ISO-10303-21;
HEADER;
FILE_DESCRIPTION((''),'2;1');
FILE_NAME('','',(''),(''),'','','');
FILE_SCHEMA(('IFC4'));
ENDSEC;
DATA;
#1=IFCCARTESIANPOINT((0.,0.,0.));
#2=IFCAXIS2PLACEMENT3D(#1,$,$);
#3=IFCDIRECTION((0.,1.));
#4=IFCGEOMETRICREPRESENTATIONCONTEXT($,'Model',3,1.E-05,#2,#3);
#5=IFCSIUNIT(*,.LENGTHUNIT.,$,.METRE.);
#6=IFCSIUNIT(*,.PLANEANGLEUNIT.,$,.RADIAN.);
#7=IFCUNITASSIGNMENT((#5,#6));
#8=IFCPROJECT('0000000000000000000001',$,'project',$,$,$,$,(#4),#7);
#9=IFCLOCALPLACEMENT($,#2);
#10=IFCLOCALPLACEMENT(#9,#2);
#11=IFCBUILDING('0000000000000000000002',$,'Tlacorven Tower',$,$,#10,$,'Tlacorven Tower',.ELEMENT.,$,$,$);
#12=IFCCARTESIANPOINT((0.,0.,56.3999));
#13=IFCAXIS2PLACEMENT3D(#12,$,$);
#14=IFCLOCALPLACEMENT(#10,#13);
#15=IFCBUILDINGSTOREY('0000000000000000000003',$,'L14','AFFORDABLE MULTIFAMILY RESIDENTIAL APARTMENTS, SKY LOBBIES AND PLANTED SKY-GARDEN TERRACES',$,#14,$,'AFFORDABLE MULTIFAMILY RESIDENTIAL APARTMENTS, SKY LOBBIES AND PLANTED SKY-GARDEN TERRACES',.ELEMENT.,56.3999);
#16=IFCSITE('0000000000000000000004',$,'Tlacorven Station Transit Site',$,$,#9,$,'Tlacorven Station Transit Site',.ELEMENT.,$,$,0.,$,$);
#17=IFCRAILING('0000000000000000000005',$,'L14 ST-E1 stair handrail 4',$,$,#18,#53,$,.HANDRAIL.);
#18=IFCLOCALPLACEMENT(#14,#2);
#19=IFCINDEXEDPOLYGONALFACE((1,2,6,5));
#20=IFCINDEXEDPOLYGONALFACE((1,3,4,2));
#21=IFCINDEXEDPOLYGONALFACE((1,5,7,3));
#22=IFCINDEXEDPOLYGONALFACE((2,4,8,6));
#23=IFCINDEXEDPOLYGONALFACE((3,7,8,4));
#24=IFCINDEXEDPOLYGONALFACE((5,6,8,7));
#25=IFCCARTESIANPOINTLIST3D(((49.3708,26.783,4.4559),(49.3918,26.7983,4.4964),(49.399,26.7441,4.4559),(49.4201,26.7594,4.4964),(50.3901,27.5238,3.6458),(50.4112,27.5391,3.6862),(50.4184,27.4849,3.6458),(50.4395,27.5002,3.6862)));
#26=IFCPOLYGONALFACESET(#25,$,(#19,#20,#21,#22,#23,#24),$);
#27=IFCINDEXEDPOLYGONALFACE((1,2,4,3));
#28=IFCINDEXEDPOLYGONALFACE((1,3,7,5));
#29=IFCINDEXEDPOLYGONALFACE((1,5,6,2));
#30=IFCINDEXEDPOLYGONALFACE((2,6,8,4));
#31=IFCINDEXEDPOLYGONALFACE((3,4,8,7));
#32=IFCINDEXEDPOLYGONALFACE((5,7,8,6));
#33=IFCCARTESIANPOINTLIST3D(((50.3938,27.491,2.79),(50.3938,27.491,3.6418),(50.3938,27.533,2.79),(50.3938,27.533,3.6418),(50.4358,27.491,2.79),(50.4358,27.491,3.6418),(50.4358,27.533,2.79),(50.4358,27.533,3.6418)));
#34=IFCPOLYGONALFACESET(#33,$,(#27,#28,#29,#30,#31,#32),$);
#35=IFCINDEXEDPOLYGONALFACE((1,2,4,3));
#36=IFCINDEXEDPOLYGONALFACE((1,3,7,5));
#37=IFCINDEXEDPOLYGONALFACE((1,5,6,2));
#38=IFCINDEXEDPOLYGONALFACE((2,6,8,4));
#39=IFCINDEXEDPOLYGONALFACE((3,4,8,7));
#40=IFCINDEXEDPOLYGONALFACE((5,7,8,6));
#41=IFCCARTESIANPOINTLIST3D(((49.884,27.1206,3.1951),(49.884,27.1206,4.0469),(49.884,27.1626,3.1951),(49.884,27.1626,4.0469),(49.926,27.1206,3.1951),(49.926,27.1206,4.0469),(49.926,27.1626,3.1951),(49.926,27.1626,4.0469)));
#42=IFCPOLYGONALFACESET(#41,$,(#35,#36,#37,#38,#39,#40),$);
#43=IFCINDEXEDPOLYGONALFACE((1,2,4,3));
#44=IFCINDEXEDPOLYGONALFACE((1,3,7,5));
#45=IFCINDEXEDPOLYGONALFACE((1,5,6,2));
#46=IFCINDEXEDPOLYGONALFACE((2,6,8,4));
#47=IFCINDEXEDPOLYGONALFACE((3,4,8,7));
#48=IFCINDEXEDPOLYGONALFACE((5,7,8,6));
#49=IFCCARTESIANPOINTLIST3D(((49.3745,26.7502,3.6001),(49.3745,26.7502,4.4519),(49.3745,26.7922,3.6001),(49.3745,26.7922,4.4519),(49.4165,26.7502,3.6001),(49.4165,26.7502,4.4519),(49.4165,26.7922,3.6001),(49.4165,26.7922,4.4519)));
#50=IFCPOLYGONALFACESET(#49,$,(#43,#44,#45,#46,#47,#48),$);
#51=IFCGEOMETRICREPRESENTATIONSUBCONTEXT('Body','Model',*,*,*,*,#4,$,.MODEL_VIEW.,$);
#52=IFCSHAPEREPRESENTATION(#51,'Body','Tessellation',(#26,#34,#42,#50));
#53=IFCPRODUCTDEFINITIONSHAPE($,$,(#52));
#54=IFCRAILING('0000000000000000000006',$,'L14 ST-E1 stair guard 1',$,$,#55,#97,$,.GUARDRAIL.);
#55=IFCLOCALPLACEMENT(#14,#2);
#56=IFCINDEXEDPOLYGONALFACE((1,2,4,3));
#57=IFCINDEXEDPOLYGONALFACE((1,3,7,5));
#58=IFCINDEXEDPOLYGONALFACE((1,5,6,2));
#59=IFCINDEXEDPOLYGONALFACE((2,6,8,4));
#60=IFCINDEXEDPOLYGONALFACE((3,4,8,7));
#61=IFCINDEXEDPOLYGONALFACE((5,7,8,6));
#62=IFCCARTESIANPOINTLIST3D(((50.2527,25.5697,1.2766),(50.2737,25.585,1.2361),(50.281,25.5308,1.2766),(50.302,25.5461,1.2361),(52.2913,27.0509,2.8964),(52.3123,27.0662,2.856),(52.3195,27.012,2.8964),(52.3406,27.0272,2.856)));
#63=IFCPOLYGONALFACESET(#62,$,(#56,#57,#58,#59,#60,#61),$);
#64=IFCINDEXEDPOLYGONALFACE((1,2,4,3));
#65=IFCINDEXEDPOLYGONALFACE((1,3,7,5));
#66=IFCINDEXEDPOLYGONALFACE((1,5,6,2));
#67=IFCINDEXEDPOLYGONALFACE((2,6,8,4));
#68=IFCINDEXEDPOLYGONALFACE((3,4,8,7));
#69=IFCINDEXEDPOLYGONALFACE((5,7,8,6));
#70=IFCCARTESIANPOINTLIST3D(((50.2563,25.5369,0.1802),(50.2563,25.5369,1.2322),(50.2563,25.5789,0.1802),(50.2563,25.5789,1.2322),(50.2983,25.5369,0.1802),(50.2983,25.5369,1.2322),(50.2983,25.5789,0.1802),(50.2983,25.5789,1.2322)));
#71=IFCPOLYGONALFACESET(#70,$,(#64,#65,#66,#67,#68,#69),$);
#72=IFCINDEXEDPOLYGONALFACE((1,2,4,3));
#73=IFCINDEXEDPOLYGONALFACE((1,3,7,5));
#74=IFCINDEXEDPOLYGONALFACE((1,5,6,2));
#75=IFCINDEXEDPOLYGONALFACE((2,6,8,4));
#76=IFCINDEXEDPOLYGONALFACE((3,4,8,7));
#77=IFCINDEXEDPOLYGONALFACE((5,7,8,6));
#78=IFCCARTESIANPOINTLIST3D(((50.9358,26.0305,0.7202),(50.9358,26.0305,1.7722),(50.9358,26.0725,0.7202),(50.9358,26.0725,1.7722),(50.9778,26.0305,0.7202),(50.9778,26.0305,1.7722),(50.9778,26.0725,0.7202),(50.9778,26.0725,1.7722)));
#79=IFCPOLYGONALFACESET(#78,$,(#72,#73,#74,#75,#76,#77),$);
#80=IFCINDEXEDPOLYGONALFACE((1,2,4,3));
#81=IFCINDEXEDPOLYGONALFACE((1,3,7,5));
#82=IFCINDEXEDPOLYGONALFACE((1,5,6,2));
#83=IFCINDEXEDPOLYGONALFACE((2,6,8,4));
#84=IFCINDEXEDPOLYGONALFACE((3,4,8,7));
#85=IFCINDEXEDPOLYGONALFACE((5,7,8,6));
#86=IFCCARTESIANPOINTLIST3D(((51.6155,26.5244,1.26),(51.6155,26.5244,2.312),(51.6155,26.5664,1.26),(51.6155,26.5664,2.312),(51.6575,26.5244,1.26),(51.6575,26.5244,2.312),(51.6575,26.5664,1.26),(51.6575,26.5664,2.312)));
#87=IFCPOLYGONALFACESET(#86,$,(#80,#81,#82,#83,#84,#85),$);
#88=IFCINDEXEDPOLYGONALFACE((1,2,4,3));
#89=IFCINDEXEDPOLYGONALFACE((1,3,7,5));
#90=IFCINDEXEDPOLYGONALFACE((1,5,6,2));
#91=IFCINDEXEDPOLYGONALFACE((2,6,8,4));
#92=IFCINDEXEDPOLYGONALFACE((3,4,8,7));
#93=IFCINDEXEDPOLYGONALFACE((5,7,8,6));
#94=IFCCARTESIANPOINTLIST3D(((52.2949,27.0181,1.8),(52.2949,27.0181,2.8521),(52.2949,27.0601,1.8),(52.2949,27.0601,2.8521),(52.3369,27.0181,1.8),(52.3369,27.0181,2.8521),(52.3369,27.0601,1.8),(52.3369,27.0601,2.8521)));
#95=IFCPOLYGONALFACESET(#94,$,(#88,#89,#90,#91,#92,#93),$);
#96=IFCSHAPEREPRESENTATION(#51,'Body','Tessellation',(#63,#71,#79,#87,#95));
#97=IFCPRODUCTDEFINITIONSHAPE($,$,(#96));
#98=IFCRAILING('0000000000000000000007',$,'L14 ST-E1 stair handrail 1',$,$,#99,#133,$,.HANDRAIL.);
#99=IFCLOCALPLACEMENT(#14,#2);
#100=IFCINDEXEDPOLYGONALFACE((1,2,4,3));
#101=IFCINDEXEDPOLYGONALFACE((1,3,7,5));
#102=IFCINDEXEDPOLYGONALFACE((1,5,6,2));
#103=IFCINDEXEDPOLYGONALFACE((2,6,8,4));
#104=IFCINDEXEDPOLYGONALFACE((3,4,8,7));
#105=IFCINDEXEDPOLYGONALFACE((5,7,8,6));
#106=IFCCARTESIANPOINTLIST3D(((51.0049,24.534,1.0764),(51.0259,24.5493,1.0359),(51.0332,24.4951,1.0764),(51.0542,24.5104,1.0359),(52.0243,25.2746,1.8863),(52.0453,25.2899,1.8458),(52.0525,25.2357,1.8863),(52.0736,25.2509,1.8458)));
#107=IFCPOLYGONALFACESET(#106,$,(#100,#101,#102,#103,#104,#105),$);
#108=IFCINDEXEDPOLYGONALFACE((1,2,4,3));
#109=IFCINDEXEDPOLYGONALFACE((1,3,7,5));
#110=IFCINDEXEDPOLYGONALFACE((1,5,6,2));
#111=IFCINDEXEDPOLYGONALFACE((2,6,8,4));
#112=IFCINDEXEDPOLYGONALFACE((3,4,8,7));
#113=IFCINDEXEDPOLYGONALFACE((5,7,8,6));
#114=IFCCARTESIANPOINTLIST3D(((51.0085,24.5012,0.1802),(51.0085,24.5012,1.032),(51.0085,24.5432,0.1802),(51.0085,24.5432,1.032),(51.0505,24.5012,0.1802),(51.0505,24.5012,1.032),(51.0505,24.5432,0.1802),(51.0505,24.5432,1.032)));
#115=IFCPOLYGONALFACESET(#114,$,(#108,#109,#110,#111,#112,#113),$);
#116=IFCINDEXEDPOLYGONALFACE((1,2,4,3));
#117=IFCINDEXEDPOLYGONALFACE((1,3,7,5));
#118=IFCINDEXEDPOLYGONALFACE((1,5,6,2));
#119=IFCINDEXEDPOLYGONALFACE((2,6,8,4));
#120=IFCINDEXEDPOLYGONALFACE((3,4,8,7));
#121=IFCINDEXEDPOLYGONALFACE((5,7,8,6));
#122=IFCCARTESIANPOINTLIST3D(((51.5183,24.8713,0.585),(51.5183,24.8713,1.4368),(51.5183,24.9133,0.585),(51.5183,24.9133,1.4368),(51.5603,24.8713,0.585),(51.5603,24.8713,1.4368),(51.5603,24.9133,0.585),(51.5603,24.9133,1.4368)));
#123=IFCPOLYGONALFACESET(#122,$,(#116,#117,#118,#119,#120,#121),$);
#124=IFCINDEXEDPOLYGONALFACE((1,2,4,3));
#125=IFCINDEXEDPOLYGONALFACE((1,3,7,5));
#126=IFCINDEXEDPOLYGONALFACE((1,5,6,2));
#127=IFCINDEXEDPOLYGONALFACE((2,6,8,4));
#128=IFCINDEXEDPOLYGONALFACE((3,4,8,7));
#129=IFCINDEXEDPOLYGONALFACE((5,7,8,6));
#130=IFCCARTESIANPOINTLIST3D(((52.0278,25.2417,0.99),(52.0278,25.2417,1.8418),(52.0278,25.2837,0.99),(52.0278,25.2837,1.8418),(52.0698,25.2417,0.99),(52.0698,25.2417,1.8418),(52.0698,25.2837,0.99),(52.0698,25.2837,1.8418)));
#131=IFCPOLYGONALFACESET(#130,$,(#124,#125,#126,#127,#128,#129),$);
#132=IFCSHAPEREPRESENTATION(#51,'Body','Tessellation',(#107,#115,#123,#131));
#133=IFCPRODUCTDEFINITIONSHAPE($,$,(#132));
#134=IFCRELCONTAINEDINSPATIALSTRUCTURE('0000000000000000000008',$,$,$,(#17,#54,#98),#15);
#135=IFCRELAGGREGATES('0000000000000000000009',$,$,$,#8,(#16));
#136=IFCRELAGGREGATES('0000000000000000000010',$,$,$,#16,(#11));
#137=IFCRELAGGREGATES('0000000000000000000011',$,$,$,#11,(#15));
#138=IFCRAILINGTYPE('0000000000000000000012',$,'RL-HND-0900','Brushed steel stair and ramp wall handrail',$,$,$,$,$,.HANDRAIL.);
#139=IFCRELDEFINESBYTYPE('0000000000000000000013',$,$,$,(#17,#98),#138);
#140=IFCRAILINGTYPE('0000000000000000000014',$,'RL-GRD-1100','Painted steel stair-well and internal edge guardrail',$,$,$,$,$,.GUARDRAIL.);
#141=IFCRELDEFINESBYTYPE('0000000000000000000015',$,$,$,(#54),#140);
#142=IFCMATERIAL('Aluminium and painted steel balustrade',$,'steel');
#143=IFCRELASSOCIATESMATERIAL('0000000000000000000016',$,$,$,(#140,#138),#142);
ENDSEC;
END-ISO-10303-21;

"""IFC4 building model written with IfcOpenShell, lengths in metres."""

from ifc_helpers import new_model, si_unit, direction, frame, origin, origin_2d, place, context, subcontext, project, spatial, rectangle, extrude, source, transform, mapped, material, type_object, element, save


model = new_model("IFC4")

# Units and contexts
model_context = context("Model", 3, precision=1e-05, world=origin(), true_north=direction((0.0, 1.0)))
body_context = subcontext(model_context, "Body", "Model", "MODEL_VIEW")
ifc_project = project(units=[si_unit("LENGTHUNIT", "METRE"), si_unit("PLANEANGLEUNIT", "RADIAN")], contexts=[model_context])

# Site, building, storey
site_placement = place(None, origin())
site = spatial("IfcSite", under=ifc_project, at=site_placement, Name="Tlacorven Station Transit Site", LongName="Tlacorven Station Transit Site", CompositionType="ELEMENT", RefElevation=0.0)
building_placement = place(site_placement, origin())
building = spatial("IfcBuilding", under=site, at=building_placement, Name="Tlacorven Tower", LongName="Tlacorven Tower", CompositionType="ELEMENT")
storey_placement = place(building_placement, frame((0.0, 0.0, 56.3999)))
storey = spatial("IfcBuildingStorey", under=building, at=storey_placement, Name="L14", Description="AFFORDABLE MULTIFAMILY RESIDENTIAL APARTMENTS, SKY LOBBIES AND PLANTED SKY-GARDEN TERRACES", LongName="AFFORDABLE MULTIFAMILY RESIDENTIAL APARTMENTS, SKY LOBBIES AND PLANTED SKY-GARDEN TERRACES", CompositionType="ELEMENT", Elevation=56.3999)

# Railings
ifc_material_1 = material(Name="Aluminium and painted steel balustrade", Category="steel")
railing_type_1 = type_object("IfcRailingType", Name="RL-GRD-1100", Description="Painted steel stair-well and internal edge guardrail", PredefinedType="GUARDRAIL", material=ifc_material_1)
railing_type_2 = type_object("IfcRailingType", Name="RL-HND-0900", Description="Brushed steel stair and ramp wall handrail", PredefinedType="HANDRAIL", material=ifc_material_1)
shared_shape_1 = source(origin(), body_context, "Body", "SweptSolid", [
    extrude(rectangle(XDim=0.0481, YDim=0.0481, at=origin_2d()), frame((0.0, 0.0, 0.876), z_axis=(-0.680461, -0.494496, 0.540783), x_axis=(0.587872, -0.808954, 0.0)), (0.0, 0.0, 1.0), 1.498),
    extrude(rectangle(XDim=0.042, YDim=0.042, at=origin_2d()), origin(), (0.0, 0.0, 1.0), 0.8518),
    extrude(rectangle(XDim=0.042, YDim=0.042, at=origin_2d()), frame((-0.5098, -0.3704, 0.405)), (0.0, 0.0, 1.0), 0.8518),
    extrude(rectangle(XDim=0.042, YDim=0.042, at=origin_2d()), frame((-1.0193, -0.7407, 0.8101)), (0.0, 0.0, 1.0), 0.8518),
])
railing_1_placement = place(storey_placement, frame((50.4148, 27.512, 2.79)))
element("IfcRailing", 1, at=railing_1_placement, inside=storey, type_object=railing_type_2, Name="L14 ST-E1 stair handrail 4", PredefinedType="HANDRAIL", context=body_context, shape_type="MappedRepresentation", body=[
    mapped(shared_shape_1, transform((0.0, 0.0, 0.0), scale=1.0)),
])
shared_shape_2 = source(origin(), body_context, "Body", "SweptSolid", [
    extrude(rectangle(XDim=0.0481, YDim=0.0481, at=origin_2d()), frame((0.0, 0.0, 1.0762), z_axis=(0.680519, 0.494456, 0.540747), x_axis=(-0.587809, 0.809, 0.0)), (0.0, 0.0, 1.0), 2.9956),
    extrude(rectangle(XDim=0.042, YDim=0.042, at=origin_2d()), origin(), (0.0, 0.0, 1.0), 1.052),
    extrude(rectangle(XDim=0.042, YDim=0.042, at=origin_2d()), frame((0.6794, 0.4937, 0.54)), (0.0, 0.0, 1.0), 1.052),
    extrude(rectangle(XDim=0.042, YDim=0.042, at=origin_2d()), frame((1.3591, 0.9875, 1.0798)), (0.0, 0.0, 1.0), 1.052),
    extrude(rectangle(XDim=0.042, YDim=0.042, at=origin_2d()), frame((2.0386, 1.4812, 1.6199)), (0.0, 0.0, 1.0), 1.052),
])
railing_2_placement = place(storey_placement, frame((50.2773, 25.5579, 0.1802)))
element("IfcRailing", 2, at=railing_2_placement, inside=storey, type_object=railing_type_1, Name="L14 ST-E1 stair guard 1", PredefinedType="GUARDRAIL", context=body_context, shape_type="MappedRepresentation", body=[
    mapped(shared_shape_2, transform((0.0, 0.0, 0.0), scale=1.0)),
])
shared_shape_3 = source(origin(), body_context, "Body", "SweptSolid", [
    extrude(rectangle(XDim=0.0481, YDim=0.0481, at=origin_2d()), frame((0.0, 0.0, 0.876), z_axis=(0.680576, 0.494416, 0.540712), x_axis=(-0.587745, 0.809046, 0.0)), (0.0, 0.0, 1.0), 1.4978),
    extrude(rectangle(XDim=0.042, YDim=0.042, at=origin_2d()), origin(), (0.0, 0.0, 1.0), 0.8518),
    extrude(rectangle(XDim=0.042, YDim=0.042, at=origin_2d()), frame((0.5098, 0.3701, 0.4048)), (0.0, 0.0, 1.0), 0.8518),
    extrude(rectangle(XDim=0.042, YDim=0.042, at=origin_2d()), frame((1.0193, 0.7405, 0.8098)), (0.0, 0.0, 1.0), 0.8518),
])
railing_3_placement = place(storey_placement, frame((51.0295, 24.5222, 0.1802)))
element("IfcRailing", 3, at=railing_3_placement, inside=storey, type_object=railing_type_2, Name="L14 ST-E1 stair handrail 1", PredefinedType="HANDRAIL", context=body_context, shape_type="MappedRepresentation", body=[
    mapped(shared_shape_3, transform((0.0, 0.0, 0.0), scale=1.0)),
])

save(model, "model.ifc")
